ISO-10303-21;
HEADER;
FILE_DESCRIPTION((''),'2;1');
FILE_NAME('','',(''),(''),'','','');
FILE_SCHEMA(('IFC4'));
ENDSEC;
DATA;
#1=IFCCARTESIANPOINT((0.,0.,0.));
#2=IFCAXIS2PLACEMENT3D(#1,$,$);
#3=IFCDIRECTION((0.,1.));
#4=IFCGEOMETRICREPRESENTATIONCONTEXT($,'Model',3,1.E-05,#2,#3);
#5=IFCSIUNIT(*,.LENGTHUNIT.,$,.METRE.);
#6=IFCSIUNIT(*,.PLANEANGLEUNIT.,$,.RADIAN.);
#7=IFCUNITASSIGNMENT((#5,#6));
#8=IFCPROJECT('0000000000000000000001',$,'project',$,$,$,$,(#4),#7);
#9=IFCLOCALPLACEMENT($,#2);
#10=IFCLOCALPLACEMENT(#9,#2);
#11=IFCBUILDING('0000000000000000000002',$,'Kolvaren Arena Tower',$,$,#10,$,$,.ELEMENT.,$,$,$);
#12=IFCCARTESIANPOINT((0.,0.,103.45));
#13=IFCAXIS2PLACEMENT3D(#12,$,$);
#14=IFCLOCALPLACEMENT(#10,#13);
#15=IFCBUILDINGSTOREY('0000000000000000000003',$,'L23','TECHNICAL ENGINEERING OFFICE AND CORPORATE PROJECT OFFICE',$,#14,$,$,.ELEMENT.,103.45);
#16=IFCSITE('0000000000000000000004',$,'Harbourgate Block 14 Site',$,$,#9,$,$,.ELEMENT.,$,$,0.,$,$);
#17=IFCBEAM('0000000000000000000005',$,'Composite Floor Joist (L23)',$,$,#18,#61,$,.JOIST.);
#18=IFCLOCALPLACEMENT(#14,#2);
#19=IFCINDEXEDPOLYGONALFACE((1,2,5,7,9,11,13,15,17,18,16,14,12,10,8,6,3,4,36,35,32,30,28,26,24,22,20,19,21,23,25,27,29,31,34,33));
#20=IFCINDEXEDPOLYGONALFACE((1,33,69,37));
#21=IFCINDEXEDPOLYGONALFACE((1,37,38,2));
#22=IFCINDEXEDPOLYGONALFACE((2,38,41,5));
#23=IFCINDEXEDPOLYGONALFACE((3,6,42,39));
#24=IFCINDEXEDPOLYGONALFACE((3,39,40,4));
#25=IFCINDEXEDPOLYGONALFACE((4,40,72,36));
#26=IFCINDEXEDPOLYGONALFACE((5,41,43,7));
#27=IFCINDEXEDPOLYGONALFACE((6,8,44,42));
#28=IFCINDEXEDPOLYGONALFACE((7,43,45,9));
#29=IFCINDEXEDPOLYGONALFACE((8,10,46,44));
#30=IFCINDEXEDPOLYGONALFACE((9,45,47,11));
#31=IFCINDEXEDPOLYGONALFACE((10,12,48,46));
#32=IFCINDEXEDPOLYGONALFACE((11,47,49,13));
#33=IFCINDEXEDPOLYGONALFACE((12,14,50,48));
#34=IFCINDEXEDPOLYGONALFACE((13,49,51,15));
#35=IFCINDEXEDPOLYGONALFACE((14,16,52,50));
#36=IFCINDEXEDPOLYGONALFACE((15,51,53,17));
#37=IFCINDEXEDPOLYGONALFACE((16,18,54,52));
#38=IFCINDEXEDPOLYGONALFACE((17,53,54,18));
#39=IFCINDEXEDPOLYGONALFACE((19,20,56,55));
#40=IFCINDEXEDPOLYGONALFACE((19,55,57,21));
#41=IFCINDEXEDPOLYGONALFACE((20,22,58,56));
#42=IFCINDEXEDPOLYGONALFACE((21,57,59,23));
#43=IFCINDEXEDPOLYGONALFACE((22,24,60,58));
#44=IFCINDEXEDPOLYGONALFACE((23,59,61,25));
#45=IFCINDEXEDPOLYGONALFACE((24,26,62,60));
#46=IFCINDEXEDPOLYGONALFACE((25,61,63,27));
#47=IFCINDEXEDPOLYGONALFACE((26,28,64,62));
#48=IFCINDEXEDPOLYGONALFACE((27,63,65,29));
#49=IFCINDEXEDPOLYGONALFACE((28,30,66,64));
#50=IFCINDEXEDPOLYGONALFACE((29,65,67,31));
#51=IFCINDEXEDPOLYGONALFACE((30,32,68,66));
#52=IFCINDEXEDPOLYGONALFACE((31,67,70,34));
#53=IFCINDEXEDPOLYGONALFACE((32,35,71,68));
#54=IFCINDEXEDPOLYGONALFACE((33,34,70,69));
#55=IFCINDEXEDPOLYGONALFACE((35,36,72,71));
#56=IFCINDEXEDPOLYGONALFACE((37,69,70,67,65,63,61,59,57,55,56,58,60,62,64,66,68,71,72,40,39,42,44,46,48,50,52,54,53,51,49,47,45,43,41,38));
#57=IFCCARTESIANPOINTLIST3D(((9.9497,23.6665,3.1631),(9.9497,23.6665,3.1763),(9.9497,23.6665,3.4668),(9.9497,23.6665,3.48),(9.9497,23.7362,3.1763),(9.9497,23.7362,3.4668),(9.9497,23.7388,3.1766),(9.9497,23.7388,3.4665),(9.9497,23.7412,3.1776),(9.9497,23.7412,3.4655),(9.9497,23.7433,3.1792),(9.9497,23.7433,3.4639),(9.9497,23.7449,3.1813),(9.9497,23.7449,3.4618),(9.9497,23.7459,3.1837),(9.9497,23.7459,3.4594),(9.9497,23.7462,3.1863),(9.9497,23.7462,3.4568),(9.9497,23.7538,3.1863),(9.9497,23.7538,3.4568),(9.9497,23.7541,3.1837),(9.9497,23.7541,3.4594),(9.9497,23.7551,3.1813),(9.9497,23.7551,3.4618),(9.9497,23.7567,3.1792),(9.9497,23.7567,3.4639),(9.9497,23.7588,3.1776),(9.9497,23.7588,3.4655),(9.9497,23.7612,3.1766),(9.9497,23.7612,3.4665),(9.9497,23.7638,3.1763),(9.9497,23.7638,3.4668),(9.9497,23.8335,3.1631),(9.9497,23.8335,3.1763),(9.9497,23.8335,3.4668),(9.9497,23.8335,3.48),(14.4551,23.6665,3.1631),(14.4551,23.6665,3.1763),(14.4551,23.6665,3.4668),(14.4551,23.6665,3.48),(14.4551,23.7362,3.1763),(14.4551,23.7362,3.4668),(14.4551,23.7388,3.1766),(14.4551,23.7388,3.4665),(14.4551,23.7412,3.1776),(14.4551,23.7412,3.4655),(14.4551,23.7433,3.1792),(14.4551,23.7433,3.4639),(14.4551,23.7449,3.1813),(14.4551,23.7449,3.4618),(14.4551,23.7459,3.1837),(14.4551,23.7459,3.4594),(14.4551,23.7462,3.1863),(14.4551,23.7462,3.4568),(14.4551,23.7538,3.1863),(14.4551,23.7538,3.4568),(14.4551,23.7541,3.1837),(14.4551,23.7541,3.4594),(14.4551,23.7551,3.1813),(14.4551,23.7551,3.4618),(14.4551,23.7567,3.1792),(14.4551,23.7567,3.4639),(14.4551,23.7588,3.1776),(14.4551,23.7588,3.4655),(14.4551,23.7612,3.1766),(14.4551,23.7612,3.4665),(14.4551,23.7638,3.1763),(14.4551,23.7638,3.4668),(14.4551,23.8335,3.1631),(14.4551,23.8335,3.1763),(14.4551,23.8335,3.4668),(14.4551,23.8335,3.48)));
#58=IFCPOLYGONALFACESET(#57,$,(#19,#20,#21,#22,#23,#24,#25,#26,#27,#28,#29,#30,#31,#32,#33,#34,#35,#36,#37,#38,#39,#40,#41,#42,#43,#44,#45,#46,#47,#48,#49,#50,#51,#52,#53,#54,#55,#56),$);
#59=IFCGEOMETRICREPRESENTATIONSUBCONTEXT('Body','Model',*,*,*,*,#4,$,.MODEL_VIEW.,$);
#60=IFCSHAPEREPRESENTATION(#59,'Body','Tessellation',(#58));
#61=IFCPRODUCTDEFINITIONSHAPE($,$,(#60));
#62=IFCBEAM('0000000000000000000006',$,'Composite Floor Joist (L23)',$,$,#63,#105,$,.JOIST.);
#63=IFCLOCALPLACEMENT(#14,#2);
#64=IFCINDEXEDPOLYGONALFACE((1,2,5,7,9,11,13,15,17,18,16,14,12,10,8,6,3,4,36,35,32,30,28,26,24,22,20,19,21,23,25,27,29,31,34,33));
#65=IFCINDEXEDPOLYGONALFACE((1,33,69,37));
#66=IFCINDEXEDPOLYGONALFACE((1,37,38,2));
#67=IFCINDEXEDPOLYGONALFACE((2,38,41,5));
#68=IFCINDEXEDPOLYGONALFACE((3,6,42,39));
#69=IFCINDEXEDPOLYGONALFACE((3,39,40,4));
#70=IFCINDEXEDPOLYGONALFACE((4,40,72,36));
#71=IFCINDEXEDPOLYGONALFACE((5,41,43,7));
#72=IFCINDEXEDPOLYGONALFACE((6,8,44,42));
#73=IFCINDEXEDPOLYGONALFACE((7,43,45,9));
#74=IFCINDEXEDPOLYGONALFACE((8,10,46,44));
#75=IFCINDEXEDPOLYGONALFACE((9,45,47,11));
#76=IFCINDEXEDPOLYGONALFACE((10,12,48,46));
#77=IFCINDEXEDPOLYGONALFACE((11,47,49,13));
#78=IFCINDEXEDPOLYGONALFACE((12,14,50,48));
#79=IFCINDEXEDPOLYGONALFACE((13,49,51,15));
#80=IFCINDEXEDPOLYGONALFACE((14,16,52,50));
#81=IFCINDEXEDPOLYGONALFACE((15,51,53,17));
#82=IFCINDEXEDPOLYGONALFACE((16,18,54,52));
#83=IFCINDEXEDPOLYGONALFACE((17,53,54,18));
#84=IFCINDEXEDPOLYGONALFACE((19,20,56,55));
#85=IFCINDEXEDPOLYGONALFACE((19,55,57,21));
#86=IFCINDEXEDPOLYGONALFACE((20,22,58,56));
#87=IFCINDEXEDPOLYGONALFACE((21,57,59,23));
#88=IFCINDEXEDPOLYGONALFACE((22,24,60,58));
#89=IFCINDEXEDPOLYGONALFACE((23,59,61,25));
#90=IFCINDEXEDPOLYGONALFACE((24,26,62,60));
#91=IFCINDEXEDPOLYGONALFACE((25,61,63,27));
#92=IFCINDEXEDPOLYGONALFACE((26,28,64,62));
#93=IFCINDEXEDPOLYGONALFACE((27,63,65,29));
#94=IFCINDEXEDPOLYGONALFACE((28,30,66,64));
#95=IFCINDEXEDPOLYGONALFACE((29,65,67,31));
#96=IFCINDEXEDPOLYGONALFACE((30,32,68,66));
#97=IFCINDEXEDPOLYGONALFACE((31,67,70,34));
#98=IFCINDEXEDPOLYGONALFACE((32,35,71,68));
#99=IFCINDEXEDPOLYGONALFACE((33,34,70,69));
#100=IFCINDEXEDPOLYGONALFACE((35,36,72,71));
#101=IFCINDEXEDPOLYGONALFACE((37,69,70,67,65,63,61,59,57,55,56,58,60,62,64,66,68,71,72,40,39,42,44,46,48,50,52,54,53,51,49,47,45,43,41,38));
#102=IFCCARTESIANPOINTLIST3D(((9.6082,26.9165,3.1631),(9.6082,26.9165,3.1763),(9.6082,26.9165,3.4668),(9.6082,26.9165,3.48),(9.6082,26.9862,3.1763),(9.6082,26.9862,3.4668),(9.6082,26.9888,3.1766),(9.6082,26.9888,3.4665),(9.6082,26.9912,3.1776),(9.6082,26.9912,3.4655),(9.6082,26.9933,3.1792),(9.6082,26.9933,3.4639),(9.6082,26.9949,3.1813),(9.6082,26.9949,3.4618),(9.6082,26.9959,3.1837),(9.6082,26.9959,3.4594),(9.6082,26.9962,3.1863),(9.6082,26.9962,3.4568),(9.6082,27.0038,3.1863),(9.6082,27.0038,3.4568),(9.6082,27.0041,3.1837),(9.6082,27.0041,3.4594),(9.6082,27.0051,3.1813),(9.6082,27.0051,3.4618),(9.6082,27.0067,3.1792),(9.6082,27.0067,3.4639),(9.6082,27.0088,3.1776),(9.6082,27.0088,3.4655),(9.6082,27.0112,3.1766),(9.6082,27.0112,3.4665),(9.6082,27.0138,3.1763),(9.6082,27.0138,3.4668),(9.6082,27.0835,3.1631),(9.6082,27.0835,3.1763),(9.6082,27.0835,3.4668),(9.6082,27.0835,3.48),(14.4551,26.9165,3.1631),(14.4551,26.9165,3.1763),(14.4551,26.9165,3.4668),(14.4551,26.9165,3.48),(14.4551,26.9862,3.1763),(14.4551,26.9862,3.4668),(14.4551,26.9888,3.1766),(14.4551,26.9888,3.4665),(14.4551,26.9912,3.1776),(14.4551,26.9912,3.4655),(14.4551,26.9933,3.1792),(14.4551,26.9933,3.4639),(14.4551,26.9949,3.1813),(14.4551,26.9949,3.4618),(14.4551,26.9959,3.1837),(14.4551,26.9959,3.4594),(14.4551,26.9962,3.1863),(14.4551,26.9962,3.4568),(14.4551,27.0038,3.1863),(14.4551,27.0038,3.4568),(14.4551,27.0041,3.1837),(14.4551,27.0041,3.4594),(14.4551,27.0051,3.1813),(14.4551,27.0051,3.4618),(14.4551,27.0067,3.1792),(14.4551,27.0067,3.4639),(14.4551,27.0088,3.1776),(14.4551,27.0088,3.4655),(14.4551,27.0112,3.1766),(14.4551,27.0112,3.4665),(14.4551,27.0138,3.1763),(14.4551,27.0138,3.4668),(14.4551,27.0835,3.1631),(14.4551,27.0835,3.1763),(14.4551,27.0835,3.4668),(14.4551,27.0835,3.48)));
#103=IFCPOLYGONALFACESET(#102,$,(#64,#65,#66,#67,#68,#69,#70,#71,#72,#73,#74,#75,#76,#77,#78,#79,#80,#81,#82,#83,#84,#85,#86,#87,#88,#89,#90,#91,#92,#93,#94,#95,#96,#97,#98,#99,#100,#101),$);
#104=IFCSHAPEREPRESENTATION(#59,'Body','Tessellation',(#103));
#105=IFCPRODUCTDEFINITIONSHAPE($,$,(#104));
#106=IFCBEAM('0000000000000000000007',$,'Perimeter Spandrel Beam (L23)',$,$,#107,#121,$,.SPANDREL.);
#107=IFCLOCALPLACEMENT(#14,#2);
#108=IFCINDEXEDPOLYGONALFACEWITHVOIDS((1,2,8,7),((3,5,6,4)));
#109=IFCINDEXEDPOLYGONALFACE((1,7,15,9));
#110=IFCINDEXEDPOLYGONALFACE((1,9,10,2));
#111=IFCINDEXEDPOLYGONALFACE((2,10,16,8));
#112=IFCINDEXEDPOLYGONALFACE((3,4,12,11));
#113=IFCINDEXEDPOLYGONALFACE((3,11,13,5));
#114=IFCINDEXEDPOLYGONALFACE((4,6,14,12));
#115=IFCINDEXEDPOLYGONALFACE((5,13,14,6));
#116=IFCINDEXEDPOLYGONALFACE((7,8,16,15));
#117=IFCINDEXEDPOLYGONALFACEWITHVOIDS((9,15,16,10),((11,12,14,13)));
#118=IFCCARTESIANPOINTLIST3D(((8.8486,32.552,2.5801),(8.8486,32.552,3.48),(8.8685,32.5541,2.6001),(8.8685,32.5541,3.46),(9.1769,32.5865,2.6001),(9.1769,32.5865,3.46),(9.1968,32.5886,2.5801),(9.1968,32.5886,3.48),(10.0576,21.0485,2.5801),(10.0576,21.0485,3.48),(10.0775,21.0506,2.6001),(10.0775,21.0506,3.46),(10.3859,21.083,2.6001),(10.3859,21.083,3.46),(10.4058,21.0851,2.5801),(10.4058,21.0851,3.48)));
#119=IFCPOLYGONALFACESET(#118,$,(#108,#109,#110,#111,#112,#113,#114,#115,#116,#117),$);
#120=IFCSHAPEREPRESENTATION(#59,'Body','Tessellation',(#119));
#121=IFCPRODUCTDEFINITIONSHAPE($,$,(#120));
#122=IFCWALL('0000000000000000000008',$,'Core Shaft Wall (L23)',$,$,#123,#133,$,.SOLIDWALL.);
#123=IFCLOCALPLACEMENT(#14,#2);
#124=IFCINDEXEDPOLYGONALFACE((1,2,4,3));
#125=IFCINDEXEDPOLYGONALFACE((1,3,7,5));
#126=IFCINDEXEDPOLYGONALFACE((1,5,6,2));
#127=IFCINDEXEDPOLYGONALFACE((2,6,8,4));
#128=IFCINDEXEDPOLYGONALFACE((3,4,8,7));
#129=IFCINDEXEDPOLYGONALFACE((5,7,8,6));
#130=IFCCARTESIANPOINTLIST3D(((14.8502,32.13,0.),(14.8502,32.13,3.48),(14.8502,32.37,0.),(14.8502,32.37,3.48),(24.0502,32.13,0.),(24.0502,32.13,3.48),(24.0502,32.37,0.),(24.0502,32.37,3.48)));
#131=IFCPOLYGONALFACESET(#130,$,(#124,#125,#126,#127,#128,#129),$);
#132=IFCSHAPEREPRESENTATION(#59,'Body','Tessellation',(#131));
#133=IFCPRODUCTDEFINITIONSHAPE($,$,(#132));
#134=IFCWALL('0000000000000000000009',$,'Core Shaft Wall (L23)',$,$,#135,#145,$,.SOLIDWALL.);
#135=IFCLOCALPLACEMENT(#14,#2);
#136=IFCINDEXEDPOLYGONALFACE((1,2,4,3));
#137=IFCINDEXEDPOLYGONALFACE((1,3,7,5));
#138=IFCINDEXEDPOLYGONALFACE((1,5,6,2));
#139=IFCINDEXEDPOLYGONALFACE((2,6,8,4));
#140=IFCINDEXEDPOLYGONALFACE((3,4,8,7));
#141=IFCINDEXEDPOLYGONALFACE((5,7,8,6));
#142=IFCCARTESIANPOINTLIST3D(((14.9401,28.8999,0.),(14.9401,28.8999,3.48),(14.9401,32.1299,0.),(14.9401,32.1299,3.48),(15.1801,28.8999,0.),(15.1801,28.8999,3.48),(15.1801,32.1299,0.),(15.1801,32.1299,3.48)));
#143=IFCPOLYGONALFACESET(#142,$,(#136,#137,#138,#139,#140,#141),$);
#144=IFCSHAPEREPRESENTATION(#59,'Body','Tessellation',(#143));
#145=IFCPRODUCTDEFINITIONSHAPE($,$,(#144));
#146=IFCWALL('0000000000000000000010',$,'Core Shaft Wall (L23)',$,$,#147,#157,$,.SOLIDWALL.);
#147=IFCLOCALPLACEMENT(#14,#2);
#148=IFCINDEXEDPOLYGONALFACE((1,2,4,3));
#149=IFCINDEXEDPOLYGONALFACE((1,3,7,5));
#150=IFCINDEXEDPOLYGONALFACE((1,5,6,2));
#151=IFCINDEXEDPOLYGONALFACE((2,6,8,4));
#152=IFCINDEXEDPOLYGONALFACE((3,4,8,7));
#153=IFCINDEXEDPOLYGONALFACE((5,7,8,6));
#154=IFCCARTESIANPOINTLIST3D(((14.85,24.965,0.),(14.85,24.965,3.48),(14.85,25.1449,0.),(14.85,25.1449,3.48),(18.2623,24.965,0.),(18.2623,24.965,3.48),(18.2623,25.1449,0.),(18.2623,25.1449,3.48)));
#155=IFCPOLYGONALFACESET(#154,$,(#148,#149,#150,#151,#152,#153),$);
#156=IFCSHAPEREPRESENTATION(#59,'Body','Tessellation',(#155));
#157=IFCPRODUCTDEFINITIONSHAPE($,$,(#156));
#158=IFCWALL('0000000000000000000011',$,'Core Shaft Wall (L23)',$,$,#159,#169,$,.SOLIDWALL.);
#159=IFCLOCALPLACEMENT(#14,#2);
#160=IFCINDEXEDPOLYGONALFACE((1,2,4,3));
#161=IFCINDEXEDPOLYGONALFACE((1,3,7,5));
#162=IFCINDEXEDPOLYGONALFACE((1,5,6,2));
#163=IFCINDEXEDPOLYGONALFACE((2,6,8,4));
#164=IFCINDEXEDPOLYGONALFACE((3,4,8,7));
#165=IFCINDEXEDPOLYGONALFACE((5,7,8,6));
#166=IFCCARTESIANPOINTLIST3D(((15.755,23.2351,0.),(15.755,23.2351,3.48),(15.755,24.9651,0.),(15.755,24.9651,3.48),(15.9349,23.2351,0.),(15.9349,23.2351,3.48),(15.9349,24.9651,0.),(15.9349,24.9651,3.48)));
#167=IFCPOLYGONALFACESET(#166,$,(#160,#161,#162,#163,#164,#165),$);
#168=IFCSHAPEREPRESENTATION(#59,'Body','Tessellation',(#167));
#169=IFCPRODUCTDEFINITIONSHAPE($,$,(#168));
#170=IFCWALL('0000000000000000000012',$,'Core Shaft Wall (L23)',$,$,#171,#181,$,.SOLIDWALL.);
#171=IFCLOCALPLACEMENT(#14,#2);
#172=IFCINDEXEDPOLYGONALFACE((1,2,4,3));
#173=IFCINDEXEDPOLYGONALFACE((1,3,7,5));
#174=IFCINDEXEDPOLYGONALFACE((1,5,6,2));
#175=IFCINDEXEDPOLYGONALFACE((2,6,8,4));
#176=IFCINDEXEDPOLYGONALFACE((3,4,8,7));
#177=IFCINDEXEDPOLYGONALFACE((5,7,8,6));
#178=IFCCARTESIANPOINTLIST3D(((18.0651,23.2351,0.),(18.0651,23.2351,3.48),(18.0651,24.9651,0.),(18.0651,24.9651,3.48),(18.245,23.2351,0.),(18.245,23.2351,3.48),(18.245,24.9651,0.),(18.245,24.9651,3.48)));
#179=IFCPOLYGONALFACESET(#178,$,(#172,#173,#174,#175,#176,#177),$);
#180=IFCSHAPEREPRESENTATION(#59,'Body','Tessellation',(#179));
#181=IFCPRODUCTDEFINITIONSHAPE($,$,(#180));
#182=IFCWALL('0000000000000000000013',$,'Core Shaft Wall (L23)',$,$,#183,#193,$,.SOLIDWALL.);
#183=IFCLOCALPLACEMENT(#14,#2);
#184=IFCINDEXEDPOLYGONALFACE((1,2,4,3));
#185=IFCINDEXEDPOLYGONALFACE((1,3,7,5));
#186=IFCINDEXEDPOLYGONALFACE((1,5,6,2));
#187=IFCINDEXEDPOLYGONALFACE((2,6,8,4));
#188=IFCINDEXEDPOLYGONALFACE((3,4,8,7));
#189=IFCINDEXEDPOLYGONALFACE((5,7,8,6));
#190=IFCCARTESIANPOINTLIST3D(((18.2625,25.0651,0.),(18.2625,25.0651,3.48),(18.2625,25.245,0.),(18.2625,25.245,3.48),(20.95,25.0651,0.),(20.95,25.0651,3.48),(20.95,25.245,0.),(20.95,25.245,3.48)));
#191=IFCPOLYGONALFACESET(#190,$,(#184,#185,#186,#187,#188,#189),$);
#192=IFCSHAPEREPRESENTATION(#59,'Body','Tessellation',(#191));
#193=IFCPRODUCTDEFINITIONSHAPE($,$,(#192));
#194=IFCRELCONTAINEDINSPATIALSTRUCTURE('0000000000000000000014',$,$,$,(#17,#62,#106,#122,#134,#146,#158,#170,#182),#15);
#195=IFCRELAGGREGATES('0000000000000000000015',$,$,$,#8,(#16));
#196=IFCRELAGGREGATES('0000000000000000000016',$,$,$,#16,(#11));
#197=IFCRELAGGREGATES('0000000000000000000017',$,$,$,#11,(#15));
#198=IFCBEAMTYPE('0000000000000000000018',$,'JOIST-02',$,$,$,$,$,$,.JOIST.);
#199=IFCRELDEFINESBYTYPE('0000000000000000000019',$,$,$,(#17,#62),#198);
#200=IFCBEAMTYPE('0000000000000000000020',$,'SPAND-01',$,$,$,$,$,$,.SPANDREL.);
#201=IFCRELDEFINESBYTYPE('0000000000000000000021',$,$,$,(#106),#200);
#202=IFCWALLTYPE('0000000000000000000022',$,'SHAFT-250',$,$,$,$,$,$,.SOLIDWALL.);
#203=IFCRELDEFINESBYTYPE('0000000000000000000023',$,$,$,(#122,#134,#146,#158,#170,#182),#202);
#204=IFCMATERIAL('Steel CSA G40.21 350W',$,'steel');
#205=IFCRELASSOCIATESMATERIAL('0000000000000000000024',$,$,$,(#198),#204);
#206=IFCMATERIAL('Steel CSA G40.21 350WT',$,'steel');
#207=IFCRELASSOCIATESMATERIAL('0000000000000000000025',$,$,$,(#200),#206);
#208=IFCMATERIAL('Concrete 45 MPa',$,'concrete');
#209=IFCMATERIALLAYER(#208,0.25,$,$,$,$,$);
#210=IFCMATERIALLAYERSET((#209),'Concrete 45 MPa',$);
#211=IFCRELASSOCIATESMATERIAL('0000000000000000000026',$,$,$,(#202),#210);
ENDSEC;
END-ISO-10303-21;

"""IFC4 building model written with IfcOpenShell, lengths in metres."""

from ifc_helpers import new_model, si_unit, direction, frame, frame_2d, origin, origin_2d, place, context, subcontext, project, spatial, rectangle, hollow_rectangle, i_section, extrude, material, layer, layer_set, material_profile, profile_set, type_object, element, save


model = new_model("IFC4")

# Units and contexts
model_context = context("Model", 3, precision=1e-05, world=origin(), true_north=direction((0.0, 1.0)))
body_context = subcontext(model_context, "Body", "Model", "MODEL_VIEW")
ifc_project = project(units=[si_unit("LENGTHUNIT", "METRE"), si_unit("PLANEANGLEUNIT", "RADIAN")], contexts=[model_context])

# Site, building, storey
site_placement = place(None, origin())
site = spatial("IfcSite", under=ifc_project, at=site_placement, Name="Harbourgate Block 14 Site", CompositionType="ELEMENT", RefElevation=0.0)
building_placement = place(site_placement, origin())
building = spatial("IfcBuilding", under=site, at=building_placement, Name="Kolvaren Arena Tower", CompositionType="ELEMENT")
storey_placement = place(building_placement, frame((0.0, 0.0, 103.45)))
storey = spatial("IfcBuildingStorey", under=building, at=storey_placement, Name="L23", Description="TECHNICAL ENGINEERING OFFICE AND CORPORATE PROJECT OFFICE", CompositionType="ELEMENT", Elevation=103.45)

# Beams
ifc_material_1 = material(Name="Steel CSA G40.21 350W", Category="steel")
ifc_material_profile_1 = material_profile(ifc_material_1, i_section(OverallWidth=0.167, OverallDepth=0.3169, WebThickness=0.0076, FlangeThickness=0.0132, FilletRadius=0.01, at=origin_2d()), Name="W310x52")
ifc_profile_set_1 = profile_set([ifc_material_profile_1], Name="Steel CSA G40.21 350W")
beam_type_1 = type_object("IfcBeamType", Name="JOIST-02", PredefinedType="JOIST", material=ifc_profile_set_1)
beam_1_placement = place(storey_placement, frame((9.9497, 23.75, 3.3215), z_axis=(1.0, 0.0, 0.0), x_axis=(0.0, 1.0, 0.0)))
element("IfcBeam", 1, at=beam_1_placement, inside=storey, type_object=beam_type_1, Name="Composite Floor Joist (L23)", PredefinedType="JOIST", context=body_context, shape_type="SweptSolid", body=[
    extrude(i_section(OverallWidth=0.167, OverallDepth=0.3169, WebThickness=0.0076, FlangeThickness=0.0132, FilletRadius=0.01, at=origin_2d()), origin(), (0.0, 0.0, 1.0), 4.5054),
])
beam_2_placement = place(storey_placement, frame((9.6082, 27.0, 3.3215), z_axis=(1.0, 0.0, 0.0), x_axis=(0.0, 1.0, 0.0)))
element("IfcBeam", 2, at=beam_2_placement, inside=storey, type_object=beam_type_1, Name="Composite Floor Joist (L23)", PredefinedType="JOIST", context=body_context, shape_type="SweptSolid", body=[
    extrude(i_section(OverallWidth=0.167, OverallDepth=0.3169, WebThickness=0.0076, FlangeThickness=0.0132, FilletRadius=0.01, at=origin_2d()), origin(), (0.0, 0.0, 1.0), 4.8469),
])
ifc_material_2 = material(Name="Steel CSA G40.21 350WT", Category="steel")
ifc_material_profile_2 = material_profile(ifc_material_2, hollow_rectangle(XDim=0.3501, YDim=0.8999, WallThickness=0.02, at=origin_2d()), Name="HSS 900x350x20")
ifc_profile_set_2 = profile_set([ifc_material_profile_2], Name="Steel CSA G40.21 350WT")
beam_type_2 = type_object("IfcBeamType", Name="SPAND-01", PredefinedType="SPANDREL", material=ifc_profile_set_2)
beam_3_placement = place(storey_placement, frame((9.0227, 32.5703, 3.03), z_axis=(0.104522, -0.994523, 0.0), x_axis=(0.994523, 0.104522, 0.0)))
element("IfcBeam", 3, at=beam_3_placement, inside=storey, type_object=beam_type_2, Name="Perimeter Spandrel Beam (L23)", PredefinedType="SPANDREL", context=body_context, shape_type="SweptSolid", body=[
    extrude(hollow_rectangle(XDim=0.3501, YDim=0.8999, WallThickness=0.02, at=origin_2d()), origin(), (0.0, 0.0, 1.0), 11.5669),
])

# Walls
ifc_material_3 = material(Name="Concrete 45 MPa", Category="concrete")
ifc_layer = layer(ifc_material_3, 0.25)
ifc_layer_set = layer_set([ifc_layer], Name="Concrete 45 MPa")
wall_type = type_object("IfcWallType", Name="SHAFT-250", PredefinedType="SOLIDWALL", material=ifc_layer_set)
wall_1_placement = place(storey_placement, frame((14.8501, 32.25, 0.0), z_axis=(0.0, 0.0, 1.0), x_axis=(1.0, 0.0, 0.0)))
element("IfcWall", 4, at=wall_1_placement, inside=storey, type_object=wall_type, Name="Core Shaft Wall (L23)", PredefinedType="SOLIDWALL", context=body_context, shape_type="SweptSolid", body=[
    extrude(rectangle(XDim=9.2, YDim=0.24, at=frame_2d((4.6001, 0.0))), origin(), (0.0, 0.0, 1.0), 3.48),
])
wall_2_placement = place(storey_placement, frame((15.0601, 28.8999, 0.0), z_axis=(0.0, 0.0, 1.0), x_axis=(0.0, 1.0, 0.0)))
element("IfcWall", 5, at=wall_2_placement, inside=storey, type_object=wall_type, Name="Core Shaft Wall (L23)", PredefinedType="SOLIDWALL", context=body_context, shape_type="SweptSolid", body=[
    extrude(rectangle(XDim=3.23, YDim=0.24, at=frame_2d((1.615, 0.0))), origin(), (0.0, 0.0, 1.0), 3.48),
])
wall_3_placement = place(storey_placement, frame((14.8501, 25.0549, 0.0), z_axis=(0.0, 0.0, 1.0), x_axis=(1.0, 0.0, 0.0)))
element("IfcWall", 6, at=wall_3_placement, inside=storey, type_object=wall_type, Name="Core Shaft Wall (L23)", PredefinedType="SOLIDWALL", context=body_context, shape_type="SweptSolid", body=[
    extrude(rectangle(XDim=3.4124, YDim=0.1799, at=frame_2d((1.7061, 0.0))), origin(), (0.0, 0.0, 1.0), 3.48),
])
for number, where, z_axis, x_axis, name in (
    (7, (15.845, 23.2351, 0.0), (0.0, 0.0, 1.0), (0.0, 1.0, 0.0), "Core Shaft Wall (L23)"),
    (8, (18.155, 23.2351, 0.0), (0.0, 0.0, 1.0), (0.0, 1.0, 0.0), "Core Shaft Wall (L23)"),
):
    element("IfcWall", number, at=place(storey_placement, frame(where, z_axis=z_axis, x_axis=x_axis)), inside=storey, type_object=wall_type, Name=name, PredefinedType="SOLIDWALL", context=body_context, shape_type="SweptSolid", body=[
        extrude(rectangle(XDim=1.73, YDim=0.1799, at=frame_2d((0.865, 0.0))), origin(), (0.0, 0.0, 1.0), 3.48),
    ])
wall_4_placement = place(storey_placement, frame((18.2625, 25.155, 0.0), z_axis=(0.0, 0.0, 1.0), x_axis=(1.0, 0.0, 0.0)))
element("IfcWall", 9, at=wall_4_placement, inside=storey, type_object=wall_type, Name="Core Shaft Wall (L23)", PredefinedType="SOLIDWALL", context=body_context, shape_type="SweptSolid", body=[
    extrude(rectangle(XDim=2.6875, YDim=0.1799, at=frame_2d((1.3438, 0.0))), origin(), (0.0, 0.0, 1.0), 3.48),
])

save(model, "model.ifc")
